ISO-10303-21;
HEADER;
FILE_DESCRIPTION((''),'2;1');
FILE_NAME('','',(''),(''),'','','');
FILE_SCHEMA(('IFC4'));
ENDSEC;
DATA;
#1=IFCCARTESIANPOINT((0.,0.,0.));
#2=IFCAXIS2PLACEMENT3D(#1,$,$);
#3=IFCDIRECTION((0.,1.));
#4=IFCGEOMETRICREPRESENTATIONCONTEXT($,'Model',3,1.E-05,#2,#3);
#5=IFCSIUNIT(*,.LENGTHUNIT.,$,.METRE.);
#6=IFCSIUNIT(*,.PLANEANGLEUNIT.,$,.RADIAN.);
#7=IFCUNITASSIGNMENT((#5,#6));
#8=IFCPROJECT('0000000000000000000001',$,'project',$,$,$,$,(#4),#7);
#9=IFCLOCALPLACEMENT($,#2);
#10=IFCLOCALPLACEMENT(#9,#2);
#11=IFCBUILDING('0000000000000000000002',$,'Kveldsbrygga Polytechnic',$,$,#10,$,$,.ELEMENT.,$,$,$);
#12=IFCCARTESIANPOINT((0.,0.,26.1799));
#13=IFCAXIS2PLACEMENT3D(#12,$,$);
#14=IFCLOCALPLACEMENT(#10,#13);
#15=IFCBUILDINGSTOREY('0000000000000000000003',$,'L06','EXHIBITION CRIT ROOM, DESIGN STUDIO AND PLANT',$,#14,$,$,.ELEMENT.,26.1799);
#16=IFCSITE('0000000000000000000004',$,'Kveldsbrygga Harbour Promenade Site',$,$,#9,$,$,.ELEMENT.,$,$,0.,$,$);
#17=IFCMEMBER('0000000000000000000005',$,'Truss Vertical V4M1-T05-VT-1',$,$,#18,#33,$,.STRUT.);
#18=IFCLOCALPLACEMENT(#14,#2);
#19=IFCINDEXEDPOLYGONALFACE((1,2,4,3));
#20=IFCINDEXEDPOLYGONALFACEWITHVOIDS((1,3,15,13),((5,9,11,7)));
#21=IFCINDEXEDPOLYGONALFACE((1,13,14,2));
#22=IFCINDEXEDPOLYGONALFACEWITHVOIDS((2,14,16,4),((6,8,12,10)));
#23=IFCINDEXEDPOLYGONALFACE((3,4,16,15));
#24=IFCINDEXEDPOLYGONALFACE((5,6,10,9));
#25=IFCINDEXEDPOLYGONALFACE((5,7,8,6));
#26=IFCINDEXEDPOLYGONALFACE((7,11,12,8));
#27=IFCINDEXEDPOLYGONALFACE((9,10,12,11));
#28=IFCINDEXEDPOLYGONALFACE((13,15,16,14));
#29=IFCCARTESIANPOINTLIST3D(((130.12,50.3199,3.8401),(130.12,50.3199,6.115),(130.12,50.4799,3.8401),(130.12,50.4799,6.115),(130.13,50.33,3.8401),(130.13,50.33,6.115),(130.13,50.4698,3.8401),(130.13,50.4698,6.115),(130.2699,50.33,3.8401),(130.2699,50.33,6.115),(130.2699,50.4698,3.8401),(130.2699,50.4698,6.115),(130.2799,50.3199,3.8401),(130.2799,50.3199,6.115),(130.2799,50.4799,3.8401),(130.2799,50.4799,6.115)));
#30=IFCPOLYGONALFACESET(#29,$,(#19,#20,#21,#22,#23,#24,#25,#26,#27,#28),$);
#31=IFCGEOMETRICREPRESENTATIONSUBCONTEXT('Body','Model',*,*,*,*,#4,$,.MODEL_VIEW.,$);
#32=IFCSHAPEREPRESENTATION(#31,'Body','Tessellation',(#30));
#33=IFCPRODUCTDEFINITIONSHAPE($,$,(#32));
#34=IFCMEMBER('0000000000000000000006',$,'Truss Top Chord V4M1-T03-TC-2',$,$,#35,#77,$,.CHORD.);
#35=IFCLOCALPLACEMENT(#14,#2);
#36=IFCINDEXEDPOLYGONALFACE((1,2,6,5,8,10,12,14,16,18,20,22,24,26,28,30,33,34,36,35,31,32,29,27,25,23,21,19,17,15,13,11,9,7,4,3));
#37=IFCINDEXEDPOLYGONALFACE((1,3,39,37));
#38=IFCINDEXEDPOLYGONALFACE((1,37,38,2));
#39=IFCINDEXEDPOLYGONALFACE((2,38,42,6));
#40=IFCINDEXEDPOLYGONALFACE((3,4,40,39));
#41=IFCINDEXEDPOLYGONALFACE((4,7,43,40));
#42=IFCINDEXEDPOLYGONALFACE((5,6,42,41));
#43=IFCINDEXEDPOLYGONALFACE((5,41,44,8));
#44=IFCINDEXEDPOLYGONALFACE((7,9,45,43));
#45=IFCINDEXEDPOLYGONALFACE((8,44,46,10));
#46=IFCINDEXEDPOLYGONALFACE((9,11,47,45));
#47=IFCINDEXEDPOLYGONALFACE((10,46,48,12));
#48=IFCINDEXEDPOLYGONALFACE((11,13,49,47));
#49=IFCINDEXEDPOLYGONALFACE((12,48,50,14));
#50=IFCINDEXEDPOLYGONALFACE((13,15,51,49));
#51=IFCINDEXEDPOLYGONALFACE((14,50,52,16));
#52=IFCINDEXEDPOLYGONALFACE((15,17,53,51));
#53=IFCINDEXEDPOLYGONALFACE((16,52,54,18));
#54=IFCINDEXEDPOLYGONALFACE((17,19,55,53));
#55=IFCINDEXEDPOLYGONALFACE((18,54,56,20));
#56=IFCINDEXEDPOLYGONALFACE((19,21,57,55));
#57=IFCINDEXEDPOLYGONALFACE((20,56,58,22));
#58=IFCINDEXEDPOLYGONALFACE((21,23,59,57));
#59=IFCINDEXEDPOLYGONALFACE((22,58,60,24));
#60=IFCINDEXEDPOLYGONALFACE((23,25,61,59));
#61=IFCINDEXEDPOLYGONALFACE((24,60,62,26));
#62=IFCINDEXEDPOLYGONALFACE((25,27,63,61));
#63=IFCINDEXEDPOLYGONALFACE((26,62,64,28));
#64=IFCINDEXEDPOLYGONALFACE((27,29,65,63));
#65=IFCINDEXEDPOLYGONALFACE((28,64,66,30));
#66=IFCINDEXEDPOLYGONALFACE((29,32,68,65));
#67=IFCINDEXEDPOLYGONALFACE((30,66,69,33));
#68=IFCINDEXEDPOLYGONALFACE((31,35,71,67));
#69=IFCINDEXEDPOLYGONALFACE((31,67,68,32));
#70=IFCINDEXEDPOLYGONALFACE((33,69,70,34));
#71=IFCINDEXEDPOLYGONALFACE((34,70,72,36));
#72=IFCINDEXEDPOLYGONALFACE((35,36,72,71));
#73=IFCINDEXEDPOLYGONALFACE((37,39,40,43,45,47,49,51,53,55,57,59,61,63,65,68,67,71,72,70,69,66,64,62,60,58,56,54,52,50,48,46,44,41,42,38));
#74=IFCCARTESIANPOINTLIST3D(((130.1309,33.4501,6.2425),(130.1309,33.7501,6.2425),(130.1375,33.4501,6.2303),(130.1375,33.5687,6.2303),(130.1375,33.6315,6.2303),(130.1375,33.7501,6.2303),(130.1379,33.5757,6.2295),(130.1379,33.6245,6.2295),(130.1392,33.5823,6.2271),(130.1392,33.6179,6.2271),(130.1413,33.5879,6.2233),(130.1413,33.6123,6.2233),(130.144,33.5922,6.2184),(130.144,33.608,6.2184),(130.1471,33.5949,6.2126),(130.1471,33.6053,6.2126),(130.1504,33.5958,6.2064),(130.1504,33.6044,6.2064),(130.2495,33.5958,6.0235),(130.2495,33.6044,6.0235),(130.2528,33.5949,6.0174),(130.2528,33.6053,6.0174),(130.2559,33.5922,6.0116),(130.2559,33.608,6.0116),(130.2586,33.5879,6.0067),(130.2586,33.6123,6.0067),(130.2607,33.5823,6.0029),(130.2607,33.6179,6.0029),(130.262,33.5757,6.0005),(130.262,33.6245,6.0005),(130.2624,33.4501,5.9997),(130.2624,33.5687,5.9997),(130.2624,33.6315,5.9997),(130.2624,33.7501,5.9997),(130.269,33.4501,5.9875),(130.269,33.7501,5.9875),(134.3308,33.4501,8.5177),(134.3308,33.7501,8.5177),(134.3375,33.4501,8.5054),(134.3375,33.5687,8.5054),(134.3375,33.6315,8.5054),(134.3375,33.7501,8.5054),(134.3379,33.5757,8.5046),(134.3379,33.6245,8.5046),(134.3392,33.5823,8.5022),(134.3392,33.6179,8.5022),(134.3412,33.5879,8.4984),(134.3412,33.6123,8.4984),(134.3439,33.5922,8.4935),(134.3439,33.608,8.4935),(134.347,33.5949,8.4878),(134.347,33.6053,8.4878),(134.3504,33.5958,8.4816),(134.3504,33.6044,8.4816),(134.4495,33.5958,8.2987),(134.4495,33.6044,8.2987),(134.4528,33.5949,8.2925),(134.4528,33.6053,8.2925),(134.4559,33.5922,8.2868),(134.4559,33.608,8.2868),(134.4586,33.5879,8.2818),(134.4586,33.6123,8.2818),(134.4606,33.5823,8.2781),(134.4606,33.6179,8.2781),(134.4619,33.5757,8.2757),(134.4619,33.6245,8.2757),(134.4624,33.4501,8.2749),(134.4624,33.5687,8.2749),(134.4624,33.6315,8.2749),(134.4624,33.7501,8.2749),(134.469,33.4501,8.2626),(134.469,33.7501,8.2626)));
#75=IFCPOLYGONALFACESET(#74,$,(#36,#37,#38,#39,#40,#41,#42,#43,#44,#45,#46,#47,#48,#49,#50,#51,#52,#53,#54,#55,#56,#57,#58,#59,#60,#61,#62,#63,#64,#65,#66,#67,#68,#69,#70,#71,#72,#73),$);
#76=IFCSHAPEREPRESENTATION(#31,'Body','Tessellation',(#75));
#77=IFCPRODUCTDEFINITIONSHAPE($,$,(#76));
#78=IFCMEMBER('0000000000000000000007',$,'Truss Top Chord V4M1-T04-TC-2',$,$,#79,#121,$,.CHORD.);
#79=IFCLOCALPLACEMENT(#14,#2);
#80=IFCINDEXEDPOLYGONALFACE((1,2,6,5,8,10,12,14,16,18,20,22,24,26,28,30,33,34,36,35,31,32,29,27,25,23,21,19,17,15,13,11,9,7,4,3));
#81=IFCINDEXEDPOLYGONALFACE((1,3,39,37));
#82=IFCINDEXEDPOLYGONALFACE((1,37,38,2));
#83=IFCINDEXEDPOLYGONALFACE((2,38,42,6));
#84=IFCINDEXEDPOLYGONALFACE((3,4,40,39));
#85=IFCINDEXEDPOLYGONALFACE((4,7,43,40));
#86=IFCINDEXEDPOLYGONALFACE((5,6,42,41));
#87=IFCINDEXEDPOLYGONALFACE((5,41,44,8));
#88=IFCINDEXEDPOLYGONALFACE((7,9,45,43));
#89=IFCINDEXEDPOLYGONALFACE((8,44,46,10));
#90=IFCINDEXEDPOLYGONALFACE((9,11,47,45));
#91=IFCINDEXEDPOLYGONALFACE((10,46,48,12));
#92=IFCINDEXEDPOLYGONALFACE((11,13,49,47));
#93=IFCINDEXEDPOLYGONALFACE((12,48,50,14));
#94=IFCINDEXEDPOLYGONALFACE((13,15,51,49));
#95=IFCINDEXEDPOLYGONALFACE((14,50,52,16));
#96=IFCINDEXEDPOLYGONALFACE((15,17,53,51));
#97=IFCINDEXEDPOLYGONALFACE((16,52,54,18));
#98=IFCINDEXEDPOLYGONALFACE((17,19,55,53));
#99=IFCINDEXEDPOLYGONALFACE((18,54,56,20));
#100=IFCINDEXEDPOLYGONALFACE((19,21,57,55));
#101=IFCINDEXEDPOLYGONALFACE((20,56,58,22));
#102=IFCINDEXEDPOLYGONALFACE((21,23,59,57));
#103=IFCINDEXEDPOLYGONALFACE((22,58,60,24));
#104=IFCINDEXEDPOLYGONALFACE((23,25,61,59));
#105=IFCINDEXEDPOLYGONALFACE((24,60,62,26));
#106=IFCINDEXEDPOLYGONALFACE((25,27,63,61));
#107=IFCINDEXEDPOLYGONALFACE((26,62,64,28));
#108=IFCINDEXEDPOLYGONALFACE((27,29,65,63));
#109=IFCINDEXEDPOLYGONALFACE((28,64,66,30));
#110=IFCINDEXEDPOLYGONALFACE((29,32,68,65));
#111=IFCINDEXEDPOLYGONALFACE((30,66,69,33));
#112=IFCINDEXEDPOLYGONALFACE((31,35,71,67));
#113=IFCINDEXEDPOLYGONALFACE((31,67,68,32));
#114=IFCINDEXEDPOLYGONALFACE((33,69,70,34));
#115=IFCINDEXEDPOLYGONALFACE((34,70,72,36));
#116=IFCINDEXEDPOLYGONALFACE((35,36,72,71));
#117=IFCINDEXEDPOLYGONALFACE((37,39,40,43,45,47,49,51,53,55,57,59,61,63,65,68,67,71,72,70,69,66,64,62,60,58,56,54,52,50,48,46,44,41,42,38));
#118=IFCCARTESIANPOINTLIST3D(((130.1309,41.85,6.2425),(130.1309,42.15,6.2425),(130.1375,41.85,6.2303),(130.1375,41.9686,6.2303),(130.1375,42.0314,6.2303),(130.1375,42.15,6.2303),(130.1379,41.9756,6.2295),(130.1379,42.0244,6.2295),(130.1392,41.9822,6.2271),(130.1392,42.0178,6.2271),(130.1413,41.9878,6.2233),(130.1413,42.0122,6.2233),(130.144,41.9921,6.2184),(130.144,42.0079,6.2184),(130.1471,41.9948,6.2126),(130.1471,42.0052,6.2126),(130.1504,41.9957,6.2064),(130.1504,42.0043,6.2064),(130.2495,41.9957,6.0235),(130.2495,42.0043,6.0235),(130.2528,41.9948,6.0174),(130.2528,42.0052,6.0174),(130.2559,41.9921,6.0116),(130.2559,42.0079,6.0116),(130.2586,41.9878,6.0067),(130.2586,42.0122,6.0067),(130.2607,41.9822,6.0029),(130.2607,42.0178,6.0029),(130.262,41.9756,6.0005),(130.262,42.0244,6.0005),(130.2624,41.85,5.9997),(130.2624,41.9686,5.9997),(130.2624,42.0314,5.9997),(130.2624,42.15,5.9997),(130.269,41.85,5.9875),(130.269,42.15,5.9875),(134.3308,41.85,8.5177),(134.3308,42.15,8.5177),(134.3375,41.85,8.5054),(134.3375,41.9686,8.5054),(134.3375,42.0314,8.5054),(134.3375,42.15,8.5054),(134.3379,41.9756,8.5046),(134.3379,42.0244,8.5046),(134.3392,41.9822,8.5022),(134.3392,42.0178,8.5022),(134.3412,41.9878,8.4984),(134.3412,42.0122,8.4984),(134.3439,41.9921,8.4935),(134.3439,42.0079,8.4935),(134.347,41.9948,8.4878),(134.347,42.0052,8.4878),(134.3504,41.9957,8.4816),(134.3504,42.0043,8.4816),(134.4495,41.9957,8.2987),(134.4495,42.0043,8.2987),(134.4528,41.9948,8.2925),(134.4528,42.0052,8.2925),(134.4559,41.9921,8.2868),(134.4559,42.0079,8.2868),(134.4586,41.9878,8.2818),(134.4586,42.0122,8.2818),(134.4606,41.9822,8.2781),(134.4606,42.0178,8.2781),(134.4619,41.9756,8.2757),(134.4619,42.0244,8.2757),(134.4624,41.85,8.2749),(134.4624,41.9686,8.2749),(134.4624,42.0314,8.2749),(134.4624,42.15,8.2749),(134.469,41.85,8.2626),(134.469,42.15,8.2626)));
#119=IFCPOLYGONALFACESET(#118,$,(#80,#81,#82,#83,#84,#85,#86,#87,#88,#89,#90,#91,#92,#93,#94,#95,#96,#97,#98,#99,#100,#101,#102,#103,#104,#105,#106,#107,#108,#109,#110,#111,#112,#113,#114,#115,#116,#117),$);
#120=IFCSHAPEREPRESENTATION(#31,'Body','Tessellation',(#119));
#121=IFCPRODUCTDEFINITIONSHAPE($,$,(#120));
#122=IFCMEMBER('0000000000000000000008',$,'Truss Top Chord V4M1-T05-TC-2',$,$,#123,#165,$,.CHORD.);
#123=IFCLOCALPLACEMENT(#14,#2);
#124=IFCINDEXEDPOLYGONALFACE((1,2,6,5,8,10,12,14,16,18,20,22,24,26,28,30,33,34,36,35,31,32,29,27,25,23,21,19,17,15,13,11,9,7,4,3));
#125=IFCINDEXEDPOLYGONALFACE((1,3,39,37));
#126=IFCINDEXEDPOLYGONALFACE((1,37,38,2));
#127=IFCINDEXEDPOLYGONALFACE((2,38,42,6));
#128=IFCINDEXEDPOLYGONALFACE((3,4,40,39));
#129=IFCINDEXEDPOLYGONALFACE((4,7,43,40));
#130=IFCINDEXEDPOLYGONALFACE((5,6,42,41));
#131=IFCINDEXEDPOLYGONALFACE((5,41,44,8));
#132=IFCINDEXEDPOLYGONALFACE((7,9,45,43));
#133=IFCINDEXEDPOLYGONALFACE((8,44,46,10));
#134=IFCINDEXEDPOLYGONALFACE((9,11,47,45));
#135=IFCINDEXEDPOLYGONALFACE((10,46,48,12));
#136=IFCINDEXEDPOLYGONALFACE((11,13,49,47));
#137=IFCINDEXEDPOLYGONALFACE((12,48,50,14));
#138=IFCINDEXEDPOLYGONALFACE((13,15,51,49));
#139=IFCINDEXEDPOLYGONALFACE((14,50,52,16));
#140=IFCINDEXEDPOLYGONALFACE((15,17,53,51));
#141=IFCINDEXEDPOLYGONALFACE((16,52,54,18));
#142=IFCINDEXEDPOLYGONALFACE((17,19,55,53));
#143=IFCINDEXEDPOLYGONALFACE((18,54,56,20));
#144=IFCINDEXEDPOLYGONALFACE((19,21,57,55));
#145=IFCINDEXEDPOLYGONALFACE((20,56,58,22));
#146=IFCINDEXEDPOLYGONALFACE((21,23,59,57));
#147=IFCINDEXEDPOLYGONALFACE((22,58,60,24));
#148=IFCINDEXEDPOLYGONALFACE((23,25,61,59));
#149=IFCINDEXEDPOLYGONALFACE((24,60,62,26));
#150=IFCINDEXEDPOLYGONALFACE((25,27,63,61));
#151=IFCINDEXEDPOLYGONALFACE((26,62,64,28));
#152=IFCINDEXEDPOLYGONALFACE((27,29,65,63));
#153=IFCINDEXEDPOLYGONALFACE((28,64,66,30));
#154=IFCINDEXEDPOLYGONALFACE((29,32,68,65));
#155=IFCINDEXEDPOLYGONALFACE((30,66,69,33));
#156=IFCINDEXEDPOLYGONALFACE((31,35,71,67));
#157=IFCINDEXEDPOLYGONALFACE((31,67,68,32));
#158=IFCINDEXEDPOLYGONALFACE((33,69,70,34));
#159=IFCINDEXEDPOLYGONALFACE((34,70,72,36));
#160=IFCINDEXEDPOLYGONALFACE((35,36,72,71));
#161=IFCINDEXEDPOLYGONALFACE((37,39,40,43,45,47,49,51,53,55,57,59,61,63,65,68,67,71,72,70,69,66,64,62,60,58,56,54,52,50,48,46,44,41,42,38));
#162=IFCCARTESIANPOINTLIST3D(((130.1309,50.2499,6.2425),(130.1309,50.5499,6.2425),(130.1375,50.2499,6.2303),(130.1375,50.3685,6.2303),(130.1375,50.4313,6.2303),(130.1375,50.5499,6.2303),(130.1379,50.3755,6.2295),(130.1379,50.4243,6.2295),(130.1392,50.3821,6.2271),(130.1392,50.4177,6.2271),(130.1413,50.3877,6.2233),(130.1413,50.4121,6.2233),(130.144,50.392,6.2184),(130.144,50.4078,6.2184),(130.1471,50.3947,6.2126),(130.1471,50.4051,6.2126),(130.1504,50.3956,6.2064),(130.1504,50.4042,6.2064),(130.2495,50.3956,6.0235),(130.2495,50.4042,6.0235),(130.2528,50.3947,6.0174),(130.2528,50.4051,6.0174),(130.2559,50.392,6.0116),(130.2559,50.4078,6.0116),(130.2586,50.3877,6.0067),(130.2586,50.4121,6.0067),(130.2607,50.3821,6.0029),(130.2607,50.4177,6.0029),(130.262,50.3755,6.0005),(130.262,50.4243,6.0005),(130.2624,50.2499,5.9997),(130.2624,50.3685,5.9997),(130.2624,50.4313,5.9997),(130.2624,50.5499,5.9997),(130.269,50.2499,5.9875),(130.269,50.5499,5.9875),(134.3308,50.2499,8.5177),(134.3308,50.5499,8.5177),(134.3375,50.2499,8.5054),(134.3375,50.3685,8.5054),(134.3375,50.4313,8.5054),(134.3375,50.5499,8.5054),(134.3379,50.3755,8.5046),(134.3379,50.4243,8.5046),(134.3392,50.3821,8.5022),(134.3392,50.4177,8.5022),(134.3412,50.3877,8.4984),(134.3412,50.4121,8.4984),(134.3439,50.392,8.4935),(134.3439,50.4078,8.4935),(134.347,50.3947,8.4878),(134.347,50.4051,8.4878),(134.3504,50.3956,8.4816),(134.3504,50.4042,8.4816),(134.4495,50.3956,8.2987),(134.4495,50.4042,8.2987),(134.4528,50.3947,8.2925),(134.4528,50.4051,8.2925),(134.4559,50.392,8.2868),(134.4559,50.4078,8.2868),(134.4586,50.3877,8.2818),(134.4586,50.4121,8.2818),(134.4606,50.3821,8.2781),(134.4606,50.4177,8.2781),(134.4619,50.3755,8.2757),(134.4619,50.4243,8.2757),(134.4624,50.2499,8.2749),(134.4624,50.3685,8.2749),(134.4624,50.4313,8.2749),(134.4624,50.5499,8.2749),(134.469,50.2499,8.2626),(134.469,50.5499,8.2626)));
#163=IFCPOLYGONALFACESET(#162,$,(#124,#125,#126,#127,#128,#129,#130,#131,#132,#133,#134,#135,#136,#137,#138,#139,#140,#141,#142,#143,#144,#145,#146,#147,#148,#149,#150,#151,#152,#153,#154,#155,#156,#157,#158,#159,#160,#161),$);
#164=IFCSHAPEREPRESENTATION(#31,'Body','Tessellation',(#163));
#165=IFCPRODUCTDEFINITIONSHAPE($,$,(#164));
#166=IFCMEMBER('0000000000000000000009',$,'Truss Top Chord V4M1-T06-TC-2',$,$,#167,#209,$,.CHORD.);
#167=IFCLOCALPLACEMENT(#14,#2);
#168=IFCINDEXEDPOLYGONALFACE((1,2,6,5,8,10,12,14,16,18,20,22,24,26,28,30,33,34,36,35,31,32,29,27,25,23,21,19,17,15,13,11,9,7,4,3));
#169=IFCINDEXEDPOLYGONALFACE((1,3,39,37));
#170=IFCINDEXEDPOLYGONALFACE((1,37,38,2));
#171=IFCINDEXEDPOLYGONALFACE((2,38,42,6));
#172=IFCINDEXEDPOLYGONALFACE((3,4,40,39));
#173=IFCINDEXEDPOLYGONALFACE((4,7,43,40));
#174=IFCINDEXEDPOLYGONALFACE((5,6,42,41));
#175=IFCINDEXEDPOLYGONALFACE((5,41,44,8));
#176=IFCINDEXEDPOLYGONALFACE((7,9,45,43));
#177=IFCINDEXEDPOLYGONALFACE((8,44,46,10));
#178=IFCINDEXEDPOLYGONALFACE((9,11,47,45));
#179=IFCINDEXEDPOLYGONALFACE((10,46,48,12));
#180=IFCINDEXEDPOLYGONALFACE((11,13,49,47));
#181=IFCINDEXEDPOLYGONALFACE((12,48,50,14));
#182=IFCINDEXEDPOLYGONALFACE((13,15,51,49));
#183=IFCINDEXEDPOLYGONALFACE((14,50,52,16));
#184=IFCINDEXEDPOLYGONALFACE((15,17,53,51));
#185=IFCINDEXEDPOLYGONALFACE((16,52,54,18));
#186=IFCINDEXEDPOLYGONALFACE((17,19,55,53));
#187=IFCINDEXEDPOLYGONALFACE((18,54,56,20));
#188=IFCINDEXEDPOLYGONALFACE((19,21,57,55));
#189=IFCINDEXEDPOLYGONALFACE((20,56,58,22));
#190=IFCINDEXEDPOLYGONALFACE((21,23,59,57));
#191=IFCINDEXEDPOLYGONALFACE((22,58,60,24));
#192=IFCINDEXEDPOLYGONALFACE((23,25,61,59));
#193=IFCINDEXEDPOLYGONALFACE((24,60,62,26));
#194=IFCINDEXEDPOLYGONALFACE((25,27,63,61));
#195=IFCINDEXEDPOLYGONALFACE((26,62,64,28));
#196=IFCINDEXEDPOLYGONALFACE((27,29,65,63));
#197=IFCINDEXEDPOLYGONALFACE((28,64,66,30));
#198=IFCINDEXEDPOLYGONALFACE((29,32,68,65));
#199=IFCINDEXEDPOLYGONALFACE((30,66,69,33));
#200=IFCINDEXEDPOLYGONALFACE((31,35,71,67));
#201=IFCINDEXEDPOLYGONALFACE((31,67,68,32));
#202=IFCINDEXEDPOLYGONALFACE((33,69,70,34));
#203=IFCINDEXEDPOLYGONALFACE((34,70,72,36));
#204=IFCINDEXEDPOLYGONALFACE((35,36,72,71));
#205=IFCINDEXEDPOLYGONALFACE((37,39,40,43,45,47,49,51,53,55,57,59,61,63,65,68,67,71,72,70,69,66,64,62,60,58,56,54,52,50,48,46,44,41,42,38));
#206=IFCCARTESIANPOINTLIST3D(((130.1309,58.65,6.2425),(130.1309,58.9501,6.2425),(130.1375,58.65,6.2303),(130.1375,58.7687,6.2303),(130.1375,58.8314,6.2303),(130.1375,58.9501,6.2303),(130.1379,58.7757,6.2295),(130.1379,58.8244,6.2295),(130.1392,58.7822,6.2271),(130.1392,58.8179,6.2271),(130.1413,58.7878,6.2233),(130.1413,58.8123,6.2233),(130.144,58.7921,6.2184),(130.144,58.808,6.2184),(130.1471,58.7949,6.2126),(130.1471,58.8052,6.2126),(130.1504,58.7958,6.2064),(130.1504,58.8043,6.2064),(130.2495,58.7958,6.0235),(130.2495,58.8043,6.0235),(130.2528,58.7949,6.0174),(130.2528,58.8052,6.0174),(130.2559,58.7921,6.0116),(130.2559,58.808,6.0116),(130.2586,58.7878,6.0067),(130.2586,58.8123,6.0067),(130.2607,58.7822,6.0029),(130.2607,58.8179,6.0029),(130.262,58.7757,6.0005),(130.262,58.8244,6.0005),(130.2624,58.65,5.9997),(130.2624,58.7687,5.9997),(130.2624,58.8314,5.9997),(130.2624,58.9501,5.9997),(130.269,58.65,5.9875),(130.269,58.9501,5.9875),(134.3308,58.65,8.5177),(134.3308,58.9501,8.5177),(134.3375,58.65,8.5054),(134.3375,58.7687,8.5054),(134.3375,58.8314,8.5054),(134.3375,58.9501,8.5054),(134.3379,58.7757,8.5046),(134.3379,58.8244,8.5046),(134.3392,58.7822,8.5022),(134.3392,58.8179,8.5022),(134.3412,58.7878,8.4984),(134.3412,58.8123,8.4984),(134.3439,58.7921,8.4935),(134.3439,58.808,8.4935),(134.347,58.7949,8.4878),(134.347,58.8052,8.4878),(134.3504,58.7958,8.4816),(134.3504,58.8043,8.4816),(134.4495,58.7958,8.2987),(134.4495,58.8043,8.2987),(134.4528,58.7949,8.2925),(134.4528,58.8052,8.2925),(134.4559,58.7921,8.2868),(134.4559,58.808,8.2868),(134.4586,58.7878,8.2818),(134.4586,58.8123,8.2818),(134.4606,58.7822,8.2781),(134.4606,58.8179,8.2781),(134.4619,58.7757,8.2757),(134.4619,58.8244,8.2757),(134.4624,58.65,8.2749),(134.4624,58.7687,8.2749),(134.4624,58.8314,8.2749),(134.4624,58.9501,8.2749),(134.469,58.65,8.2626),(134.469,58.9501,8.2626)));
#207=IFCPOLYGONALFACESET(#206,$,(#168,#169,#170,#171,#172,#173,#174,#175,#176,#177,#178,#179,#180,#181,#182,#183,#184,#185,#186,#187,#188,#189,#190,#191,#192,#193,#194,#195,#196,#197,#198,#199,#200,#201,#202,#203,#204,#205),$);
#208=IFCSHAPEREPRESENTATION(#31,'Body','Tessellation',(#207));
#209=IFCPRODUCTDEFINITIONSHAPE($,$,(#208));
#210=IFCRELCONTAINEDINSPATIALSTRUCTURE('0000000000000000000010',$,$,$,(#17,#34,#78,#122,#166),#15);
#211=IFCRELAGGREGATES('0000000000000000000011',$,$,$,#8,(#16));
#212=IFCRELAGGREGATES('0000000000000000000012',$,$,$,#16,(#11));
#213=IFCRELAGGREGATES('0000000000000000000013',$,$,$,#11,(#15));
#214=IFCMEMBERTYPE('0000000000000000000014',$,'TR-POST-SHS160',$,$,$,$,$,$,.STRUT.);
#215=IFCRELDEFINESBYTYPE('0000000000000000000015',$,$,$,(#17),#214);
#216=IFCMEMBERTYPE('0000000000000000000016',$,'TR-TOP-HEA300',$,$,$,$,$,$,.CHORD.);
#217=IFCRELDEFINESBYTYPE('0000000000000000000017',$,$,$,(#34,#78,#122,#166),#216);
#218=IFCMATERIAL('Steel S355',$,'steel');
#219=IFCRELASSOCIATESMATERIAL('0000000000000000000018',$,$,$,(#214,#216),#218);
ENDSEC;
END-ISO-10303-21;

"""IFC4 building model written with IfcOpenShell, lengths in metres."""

from ifc_helpers import new_model, si_unit, direction, frame, origin, origin_2d, place, context, subcontext, project, spatial, hollow_rectangle, i_section, extrude, material, material_profile, profile_set, type_object, element, save


model = new_model("IFC4")

# Units and contexts
model_context = context("Model", 3, precision=1e-05, world=origin(), true_north=direction((0.0, 1.0)))
body_context = subcontext(model_context, "Body", "Model", "MODEL_VIEW")
ifc_project = project(units=[si_unit("LENGTHUNIT", "METRE"), si_unit("PLANEANGLEUNIT", "RADIAN")], contexts=[model_context])

# Site, building, storey
site_placement = place(None, origin())
site = spatial("IfcSite", under=ifc_project, at=site_placement, Name="Kveldsbrygga Harbour Promenade Site", CompositionType="ELEMENT", RefElevation=0.0)
building_placement = place(site_placement, origin())
building = spatial("IfcBuilding", under=site, at=building_placement, Name="Kveldsbrygga Polytechnic", CompositionType="ELEMENT")
storey_placement = place(building_placement, frame((0.0, 0.0, 26.1799)))
storey = spatial("IfcBuildingStorey", under=building, at=storey_placement, Name="L06", Description="EXHIBITION CRIT ROOM, DESIGN STUDIO AND PLANT", CompositionType="ELEMENT", Elevation=26.1799)

# Members
ifc_material_1 = material(Name="Steel S355", Category="steel")
ifc_material_profile_1 = material_profile(ifc_material_1, hollow_rectangle(XDim=0.1599, YDim=0.1599, WallThickness=0.01, at=origin_2d()), Name="SHS 160x160x10.0")
ifc_profile_set_1 = profile_set([ifc_material_profile_1], Name="Steel S355")
member_type_1 = type_object("IfcMemberType", Name="TR-POST-SHS160", PredefinedType="STRUT", material=ifc_profile_set_1)
for number, where, z_axis, x_axis, name in (
    (1, (130.2, 50.3999, 3.8401), (0.0, 0.0, 1.0), (1.0, 0.0, 0.0), "Truss Vertical V4M1-T05-VT-1"),
):
    element("IfcMember", number, at=place(storey_placement, frame(where, z_axis=z_axis, x_axis=x_axis)), inside=storey, type_object=member_type_1, Name=name, PredefinedType="STRUT", context=body_context, shape_type="SweptSolid", body=[
        extrude(hollow_rectangle(XDim=0.1599, YDim=0.1599, WallThickness=0.01, at=origin_2d()), origin(), (0.0, 0.0, 1.0), 2.2749),
    ])
ifc_material_profile_2 = material_profile(ifc_material_1, i_section(OverallWidth=0.3, OverallDepth=0.29, WebThickness=0.0085, FlangeThickness=0.0139, FilletRadius=0.0271, at=origin_2d()), Name="HEA 300")
ifc_profile_set_2 = profile_set([ifc_material_profile_2], Name="Steel S355")
member_type_2 = type_object("IfcMemberType", Name="TR-TOP-HEA300", PredefinedType="CHORD", material=ifc_profile_set_2)
for number, where, z_axis, x_axis, name in (
    (2, (130.2, 33.6001, 6.115), (0.879277, 0.0, 0.476311), (0.0, 1.0, 0.0), "Truss Top Chord V4M1-T03-TC-2"),
    (3, (130.2, 42.0, 6.115), (0.879277, 0.0, 0.476311), (0.0, 1.0, 0.0), "Truss Top Chord V4M1-T04-TC-2"),
    (4, (130.2, 50.3999, 6.115), (0.879277, 0.0, 0.476311), (0.0, 1.0, 0.0), "Truss Top Chord V4M1-T05-TC-2"),
    (5, (130.2, 58.8, 6.115), (0.879277, 0.0, 0.476311), (0.0, 1.0, 0.0), "Truss Top Chord V4M1-T06-TC-2"),
):
    element("IfcMember", number, at=place(storey_placement, frame(where, z_axis=z_axis, x_axis=x_axis)), inside=storey, type_object=member_type_2, Name=name, PredefinedType="CHORD", context=body_context, shape_type="SweptSolid", body=[
        extrude(i_section(OverallWidth=0.3, OverallDepth=0.29, WebThickness=0.0085, FlangeThickness=0.0139, FilletRadius=0.0271, at=origin_2d()), origin(), (0.0, 0.0, 1.0), 4.7766),
    ])

save(model, "model.ifc")
